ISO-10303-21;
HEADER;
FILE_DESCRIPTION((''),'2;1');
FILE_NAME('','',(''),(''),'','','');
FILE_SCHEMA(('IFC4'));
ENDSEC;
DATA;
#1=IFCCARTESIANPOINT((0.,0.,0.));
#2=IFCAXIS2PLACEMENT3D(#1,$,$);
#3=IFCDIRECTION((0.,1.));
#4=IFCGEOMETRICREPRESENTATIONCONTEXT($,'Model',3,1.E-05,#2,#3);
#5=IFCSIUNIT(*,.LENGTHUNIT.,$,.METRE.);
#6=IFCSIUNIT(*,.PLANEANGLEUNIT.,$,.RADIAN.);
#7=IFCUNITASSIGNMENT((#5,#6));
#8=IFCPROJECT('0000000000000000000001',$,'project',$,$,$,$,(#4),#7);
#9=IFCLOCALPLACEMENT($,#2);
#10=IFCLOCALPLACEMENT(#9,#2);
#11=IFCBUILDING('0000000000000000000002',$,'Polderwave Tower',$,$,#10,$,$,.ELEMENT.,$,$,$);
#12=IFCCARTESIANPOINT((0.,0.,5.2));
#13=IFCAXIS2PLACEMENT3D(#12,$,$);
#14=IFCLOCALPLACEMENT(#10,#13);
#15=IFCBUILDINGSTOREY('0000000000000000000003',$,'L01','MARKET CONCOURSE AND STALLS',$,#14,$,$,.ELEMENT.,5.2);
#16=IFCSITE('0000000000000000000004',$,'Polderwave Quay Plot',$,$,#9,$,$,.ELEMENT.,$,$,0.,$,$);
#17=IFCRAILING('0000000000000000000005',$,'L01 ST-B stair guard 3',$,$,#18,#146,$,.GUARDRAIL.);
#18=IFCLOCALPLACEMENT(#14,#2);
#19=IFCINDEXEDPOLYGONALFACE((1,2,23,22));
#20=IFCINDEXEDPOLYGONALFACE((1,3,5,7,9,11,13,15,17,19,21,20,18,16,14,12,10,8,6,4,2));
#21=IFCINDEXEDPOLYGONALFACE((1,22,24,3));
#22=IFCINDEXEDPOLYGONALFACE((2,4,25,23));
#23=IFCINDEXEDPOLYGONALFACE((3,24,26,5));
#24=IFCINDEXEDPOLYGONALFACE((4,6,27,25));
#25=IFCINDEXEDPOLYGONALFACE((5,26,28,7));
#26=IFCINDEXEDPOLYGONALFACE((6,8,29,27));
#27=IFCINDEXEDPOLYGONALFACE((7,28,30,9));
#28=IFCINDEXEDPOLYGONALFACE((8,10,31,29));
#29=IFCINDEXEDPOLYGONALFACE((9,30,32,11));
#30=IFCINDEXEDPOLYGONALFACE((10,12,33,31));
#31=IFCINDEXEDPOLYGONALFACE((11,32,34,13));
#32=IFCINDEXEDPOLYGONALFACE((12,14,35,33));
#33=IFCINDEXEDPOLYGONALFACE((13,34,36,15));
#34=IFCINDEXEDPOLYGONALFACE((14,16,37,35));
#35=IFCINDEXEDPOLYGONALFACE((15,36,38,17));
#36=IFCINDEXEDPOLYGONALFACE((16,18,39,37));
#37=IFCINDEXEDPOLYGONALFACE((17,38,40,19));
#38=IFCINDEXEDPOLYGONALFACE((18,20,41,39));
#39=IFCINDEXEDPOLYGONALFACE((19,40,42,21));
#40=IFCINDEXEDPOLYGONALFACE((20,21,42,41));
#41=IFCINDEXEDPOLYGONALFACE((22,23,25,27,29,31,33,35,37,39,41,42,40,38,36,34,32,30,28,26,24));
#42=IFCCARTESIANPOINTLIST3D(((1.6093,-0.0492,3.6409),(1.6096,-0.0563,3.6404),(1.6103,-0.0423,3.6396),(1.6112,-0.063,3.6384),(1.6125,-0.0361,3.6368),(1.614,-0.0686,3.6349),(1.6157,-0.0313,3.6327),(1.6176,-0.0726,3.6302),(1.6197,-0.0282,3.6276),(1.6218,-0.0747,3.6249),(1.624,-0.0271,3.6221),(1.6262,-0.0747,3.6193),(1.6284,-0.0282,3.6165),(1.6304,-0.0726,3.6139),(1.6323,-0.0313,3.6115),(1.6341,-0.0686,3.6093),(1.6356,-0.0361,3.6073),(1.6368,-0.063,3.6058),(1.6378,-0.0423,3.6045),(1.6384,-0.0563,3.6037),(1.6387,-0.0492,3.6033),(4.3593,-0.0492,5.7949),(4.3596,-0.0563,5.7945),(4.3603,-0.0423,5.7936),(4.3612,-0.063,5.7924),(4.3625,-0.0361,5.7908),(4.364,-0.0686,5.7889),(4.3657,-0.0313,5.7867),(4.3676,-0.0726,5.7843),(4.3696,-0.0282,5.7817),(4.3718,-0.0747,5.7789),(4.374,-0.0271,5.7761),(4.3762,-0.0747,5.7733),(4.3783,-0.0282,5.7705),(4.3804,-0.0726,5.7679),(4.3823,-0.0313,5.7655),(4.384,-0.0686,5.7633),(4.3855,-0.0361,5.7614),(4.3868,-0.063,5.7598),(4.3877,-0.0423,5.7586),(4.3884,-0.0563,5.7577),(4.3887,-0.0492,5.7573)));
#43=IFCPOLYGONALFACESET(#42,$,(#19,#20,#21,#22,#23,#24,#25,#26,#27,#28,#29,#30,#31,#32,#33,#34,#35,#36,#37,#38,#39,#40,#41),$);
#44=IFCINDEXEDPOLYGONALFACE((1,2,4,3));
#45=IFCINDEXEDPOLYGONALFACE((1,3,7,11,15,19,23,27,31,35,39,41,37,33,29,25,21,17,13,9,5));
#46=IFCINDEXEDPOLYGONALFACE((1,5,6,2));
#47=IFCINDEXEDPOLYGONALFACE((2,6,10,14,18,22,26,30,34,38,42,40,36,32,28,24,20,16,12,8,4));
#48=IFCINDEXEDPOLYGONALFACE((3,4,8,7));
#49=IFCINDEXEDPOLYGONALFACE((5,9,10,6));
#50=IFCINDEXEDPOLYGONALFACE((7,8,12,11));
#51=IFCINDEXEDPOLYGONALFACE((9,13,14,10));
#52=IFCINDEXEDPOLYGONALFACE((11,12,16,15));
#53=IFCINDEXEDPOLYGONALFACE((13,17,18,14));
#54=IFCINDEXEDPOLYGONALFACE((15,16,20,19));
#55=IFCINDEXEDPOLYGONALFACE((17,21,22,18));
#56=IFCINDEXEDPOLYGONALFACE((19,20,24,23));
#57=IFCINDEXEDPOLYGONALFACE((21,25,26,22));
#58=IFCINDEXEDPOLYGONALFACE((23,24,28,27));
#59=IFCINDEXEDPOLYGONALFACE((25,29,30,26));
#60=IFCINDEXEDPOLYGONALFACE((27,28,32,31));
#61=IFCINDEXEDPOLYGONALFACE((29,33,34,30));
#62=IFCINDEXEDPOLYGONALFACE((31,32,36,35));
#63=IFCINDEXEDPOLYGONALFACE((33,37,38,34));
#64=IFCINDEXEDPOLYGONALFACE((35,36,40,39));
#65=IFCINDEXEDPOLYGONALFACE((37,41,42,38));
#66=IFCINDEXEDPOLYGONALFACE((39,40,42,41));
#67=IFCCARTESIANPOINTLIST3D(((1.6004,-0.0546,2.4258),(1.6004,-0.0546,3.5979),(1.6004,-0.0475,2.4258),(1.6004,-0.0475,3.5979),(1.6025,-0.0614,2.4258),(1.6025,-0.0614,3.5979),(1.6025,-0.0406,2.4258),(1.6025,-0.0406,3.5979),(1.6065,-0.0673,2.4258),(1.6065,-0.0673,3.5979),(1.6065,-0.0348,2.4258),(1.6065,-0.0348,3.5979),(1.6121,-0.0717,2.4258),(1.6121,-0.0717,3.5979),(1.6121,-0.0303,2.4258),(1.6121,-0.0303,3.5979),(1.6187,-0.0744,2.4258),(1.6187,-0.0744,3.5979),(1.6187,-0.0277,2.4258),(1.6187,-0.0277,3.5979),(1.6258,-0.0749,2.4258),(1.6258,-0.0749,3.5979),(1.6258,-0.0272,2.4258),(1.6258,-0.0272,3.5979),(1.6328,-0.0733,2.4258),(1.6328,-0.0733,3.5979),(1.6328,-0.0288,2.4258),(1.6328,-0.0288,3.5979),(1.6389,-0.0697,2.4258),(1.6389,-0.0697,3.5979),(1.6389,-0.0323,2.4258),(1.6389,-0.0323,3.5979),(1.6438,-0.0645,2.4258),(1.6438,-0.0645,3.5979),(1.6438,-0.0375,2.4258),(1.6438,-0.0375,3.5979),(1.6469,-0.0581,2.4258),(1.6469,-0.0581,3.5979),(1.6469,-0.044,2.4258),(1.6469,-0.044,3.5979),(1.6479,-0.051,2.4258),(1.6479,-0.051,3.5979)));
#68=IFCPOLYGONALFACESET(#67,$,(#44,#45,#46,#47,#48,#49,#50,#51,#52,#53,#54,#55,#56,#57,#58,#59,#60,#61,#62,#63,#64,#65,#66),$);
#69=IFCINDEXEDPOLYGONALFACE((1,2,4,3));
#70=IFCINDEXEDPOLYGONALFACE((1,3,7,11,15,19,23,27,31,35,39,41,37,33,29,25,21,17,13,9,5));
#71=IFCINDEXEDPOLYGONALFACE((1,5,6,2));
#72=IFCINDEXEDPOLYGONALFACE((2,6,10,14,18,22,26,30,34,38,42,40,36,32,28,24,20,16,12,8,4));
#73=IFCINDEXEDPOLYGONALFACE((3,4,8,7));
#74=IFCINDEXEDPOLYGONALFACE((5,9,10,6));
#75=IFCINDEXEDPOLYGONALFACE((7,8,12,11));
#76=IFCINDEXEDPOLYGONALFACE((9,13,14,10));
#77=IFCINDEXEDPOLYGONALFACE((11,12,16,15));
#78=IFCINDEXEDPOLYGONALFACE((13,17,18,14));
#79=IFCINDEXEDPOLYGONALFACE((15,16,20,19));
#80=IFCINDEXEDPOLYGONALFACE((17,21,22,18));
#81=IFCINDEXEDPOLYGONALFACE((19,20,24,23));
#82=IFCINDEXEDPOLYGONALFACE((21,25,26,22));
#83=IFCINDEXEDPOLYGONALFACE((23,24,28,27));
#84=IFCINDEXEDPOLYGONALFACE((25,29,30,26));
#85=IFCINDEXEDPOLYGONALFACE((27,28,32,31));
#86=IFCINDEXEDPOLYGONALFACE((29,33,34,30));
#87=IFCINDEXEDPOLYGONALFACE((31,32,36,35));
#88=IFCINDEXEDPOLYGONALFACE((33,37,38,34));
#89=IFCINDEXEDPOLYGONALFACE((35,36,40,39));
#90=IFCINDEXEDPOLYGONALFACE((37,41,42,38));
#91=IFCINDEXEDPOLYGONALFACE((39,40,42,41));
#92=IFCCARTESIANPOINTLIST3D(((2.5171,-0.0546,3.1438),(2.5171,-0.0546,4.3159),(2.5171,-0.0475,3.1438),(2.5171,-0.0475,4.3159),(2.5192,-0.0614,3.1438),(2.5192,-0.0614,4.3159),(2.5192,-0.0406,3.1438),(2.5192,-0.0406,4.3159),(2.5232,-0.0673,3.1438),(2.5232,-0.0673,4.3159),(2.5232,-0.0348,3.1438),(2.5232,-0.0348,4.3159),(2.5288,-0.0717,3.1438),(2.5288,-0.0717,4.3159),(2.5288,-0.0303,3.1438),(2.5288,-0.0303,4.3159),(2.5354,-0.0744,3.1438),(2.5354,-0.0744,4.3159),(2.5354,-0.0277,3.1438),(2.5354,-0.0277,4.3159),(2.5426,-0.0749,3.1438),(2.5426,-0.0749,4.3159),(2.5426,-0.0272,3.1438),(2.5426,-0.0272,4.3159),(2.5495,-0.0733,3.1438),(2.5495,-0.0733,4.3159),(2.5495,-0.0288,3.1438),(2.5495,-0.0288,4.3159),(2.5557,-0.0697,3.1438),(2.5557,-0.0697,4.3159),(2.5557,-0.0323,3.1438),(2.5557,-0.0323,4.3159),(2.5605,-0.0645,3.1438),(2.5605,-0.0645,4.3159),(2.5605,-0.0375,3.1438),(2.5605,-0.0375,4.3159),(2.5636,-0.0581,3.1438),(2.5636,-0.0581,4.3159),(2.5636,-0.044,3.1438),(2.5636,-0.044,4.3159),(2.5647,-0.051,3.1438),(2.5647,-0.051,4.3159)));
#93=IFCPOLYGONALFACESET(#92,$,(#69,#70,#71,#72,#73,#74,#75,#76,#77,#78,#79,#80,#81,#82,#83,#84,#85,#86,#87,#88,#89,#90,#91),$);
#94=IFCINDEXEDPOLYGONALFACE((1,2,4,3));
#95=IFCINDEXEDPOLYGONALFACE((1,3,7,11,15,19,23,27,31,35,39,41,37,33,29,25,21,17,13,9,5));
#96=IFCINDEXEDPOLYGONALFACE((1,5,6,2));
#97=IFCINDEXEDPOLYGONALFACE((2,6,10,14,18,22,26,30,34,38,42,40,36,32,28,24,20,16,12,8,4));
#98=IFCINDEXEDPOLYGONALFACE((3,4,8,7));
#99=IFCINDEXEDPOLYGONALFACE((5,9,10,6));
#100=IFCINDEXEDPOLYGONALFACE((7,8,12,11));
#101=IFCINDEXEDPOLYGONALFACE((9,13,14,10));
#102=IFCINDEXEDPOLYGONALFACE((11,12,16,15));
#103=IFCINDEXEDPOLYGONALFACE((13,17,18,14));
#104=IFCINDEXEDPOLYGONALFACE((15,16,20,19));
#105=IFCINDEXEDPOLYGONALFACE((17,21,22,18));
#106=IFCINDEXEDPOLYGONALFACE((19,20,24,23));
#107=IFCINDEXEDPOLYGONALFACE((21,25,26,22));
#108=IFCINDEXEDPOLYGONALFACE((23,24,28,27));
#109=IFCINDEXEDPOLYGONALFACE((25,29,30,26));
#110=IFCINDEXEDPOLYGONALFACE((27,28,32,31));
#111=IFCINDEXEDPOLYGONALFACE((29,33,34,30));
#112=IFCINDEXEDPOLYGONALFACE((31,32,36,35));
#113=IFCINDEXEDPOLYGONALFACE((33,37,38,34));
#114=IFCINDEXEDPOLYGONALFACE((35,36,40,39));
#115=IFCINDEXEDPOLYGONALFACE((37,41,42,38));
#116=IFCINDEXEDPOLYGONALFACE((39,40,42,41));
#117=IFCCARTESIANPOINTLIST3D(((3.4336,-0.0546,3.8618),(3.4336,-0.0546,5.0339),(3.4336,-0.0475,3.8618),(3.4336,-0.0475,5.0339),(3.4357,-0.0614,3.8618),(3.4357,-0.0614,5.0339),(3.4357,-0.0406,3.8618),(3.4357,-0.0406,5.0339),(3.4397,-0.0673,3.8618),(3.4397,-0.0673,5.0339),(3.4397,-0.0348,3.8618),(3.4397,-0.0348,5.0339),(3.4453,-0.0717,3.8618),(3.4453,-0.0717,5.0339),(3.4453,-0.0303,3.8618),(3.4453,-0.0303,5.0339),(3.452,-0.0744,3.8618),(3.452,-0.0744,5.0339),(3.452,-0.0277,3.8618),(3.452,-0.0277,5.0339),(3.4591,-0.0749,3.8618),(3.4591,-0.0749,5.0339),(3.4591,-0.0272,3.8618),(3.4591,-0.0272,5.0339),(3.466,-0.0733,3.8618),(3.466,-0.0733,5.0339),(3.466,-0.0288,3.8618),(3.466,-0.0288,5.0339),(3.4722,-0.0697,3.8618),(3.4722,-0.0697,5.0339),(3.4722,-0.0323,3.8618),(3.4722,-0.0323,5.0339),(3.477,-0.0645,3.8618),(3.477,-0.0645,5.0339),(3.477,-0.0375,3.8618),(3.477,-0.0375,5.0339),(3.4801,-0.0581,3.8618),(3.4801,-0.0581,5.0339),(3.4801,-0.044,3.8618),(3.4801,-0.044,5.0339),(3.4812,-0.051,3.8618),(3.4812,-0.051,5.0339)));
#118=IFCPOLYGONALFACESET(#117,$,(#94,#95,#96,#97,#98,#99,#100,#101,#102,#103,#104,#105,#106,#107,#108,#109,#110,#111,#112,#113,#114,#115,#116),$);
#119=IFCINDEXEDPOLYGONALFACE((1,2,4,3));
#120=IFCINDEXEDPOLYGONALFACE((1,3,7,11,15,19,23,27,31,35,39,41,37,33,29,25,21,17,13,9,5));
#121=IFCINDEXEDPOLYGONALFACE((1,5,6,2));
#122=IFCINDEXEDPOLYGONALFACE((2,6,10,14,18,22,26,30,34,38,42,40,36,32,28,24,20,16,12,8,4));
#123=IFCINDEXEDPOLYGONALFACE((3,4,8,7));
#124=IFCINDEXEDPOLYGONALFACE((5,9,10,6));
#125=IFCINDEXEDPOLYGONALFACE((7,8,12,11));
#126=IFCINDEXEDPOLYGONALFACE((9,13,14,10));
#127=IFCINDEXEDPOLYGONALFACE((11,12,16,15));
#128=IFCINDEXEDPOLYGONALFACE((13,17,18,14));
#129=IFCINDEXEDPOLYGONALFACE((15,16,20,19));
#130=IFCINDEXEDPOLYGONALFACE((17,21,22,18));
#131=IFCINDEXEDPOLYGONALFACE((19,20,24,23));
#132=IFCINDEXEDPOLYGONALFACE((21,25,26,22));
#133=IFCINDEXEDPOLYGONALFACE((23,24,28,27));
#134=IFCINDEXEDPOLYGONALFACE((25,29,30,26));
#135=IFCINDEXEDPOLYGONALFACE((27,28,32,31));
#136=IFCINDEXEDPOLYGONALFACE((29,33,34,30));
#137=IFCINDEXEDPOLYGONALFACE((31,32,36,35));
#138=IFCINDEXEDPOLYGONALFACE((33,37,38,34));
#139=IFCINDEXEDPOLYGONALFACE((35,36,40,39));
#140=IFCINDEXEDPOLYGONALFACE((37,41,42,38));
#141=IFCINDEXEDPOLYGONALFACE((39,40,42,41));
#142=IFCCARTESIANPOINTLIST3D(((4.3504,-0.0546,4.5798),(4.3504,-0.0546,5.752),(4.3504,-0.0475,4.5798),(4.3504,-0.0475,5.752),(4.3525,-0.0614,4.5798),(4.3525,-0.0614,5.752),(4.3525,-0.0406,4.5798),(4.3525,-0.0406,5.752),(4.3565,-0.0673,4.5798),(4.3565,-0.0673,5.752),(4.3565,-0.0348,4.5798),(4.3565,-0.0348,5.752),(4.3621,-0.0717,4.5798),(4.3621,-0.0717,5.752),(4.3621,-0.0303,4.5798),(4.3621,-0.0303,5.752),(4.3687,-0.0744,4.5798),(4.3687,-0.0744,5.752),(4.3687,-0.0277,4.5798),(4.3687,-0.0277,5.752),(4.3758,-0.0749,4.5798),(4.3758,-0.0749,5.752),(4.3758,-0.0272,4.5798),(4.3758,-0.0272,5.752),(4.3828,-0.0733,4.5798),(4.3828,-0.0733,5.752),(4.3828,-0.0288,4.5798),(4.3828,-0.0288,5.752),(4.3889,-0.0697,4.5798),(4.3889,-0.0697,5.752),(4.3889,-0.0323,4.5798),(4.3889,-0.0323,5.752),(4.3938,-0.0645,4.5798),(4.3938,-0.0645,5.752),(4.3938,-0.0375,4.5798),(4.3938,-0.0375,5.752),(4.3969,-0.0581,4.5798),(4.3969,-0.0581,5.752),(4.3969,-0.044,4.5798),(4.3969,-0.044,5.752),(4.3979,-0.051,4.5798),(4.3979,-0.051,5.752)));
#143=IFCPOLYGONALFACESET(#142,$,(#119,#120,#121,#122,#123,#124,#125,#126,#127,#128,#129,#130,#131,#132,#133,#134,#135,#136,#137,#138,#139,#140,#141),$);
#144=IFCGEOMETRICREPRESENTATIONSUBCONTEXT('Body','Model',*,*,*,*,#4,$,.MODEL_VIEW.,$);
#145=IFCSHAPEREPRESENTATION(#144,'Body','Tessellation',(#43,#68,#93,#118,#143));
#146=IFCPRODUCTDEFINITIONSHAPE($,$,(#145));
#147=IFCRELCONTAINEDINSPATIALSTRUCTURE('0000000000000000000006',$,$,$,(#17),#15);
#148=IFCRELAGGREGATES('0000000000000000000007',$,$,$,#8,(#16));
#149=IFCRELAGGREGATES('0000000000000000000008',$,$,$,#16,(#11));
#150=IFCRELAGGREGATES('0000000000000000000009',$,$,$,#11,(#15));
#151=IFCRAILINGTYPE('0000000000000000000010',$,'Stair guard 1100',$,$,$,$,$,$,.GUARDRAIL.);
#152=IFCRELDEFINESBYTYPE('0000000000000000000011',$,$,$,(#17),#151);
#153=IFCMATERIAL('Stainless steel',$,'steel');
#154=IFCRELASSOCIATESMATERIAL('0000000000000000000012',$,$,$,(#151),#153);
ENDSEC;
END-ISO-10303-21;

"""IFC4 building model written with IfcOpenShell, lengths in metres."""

from ifc_helpers import new_model, si_unit, direction, frame, origin, origin_2d, place, context, subcontext, project, spatial, circle, extrude, material, type_object, element, save


model = new_model("IFC4")

# Units and contexts
model_context = context("Model", 3, precision=1e-05, world=origin(), true_north=direction((0.0, 1.0)))
body_context = subcontext(model_context, "Body", "Model", "MODEL_VIEW")
ifc_project = project(units=[si_unit("LENGTHUNIT", "METRE"), si_unit("PLANEANGLEUNIT", "RADIAN")], contexts=[model_context])

# Site, building, storey
site_placement = place(None, origin())
site = spatial("IfcSite", under=ifc_project, at=site_placement, Name="Polderwave Quay Plot", CompositionType="ELEMENT", RefElevation=0.0)
building_placement = place(site_placement, origin())
building = spatial("IfcBuilding", under=site, at=building_placement, Name="Polderwave Tower", CompositionType="ELEMENT")
storey_placement = place(building_placement, frame((0.0, 0.0, 5.2)))
storey = spatial("IfcBuildingStorey", under=building, at=storey_placement, Name="L01", Description="MARKET CONCOURSE AND STALLS", CompositionType="ELEMENT", Elevation=5.2)

# Railing
ifc_material_1 = material(Name="Stainless steel", Category="steel")
railing_type_1 = type_object("IfcRailingType", Name="Stair guard 1100", PredefinedType="GUARDRAIL", material=ifc_material_1)
railing_1_placement = place(storey_placement, frame((1.624, -0.051, 2.4258)))
element("IfcRailing", 1, at=railing_1_placement, inside=storey, type_object=railing_type_1, Name="L01 ST-B stair guard 3", PredefinedType="GUARDRAIL", context=body_context, shape_type="SweptSolid", body=[
    extrude(circle(Radius=0.0239, at=origin_2d()), frame((0.0, 0.0, 1.1963), z_axis=(0.787244, 0.0, 0.616642), x_axis=(0.0, 1.0, 0.0)), (0.0, 0.0, 1.0), 3.4932),
    extrude(circle(Radius=0.0239, at=origin_2d()), origin(), (0.0, 0.0, 1.0), 1.1721),
    extrude(circle(Radius=0.0239, at=origin_2d()), frame((0.9167, 0.0, 0.718)), (0.0, 0.0, 1.0), 1.1721),
    extrude(circle(Radius=0.0239, at=origin_2d()), frame((1.8333, 0.0, 1.436)), (0.0, 0.0, 1.0), 1.1721),
    extrude(circle(Radius=0.0239, at=origin_2d()), frame((2.75, 0.0, 2.1541)), (0.0, 0.0, 1.0), 1.1721),
])

save(model, "model.ifc")
